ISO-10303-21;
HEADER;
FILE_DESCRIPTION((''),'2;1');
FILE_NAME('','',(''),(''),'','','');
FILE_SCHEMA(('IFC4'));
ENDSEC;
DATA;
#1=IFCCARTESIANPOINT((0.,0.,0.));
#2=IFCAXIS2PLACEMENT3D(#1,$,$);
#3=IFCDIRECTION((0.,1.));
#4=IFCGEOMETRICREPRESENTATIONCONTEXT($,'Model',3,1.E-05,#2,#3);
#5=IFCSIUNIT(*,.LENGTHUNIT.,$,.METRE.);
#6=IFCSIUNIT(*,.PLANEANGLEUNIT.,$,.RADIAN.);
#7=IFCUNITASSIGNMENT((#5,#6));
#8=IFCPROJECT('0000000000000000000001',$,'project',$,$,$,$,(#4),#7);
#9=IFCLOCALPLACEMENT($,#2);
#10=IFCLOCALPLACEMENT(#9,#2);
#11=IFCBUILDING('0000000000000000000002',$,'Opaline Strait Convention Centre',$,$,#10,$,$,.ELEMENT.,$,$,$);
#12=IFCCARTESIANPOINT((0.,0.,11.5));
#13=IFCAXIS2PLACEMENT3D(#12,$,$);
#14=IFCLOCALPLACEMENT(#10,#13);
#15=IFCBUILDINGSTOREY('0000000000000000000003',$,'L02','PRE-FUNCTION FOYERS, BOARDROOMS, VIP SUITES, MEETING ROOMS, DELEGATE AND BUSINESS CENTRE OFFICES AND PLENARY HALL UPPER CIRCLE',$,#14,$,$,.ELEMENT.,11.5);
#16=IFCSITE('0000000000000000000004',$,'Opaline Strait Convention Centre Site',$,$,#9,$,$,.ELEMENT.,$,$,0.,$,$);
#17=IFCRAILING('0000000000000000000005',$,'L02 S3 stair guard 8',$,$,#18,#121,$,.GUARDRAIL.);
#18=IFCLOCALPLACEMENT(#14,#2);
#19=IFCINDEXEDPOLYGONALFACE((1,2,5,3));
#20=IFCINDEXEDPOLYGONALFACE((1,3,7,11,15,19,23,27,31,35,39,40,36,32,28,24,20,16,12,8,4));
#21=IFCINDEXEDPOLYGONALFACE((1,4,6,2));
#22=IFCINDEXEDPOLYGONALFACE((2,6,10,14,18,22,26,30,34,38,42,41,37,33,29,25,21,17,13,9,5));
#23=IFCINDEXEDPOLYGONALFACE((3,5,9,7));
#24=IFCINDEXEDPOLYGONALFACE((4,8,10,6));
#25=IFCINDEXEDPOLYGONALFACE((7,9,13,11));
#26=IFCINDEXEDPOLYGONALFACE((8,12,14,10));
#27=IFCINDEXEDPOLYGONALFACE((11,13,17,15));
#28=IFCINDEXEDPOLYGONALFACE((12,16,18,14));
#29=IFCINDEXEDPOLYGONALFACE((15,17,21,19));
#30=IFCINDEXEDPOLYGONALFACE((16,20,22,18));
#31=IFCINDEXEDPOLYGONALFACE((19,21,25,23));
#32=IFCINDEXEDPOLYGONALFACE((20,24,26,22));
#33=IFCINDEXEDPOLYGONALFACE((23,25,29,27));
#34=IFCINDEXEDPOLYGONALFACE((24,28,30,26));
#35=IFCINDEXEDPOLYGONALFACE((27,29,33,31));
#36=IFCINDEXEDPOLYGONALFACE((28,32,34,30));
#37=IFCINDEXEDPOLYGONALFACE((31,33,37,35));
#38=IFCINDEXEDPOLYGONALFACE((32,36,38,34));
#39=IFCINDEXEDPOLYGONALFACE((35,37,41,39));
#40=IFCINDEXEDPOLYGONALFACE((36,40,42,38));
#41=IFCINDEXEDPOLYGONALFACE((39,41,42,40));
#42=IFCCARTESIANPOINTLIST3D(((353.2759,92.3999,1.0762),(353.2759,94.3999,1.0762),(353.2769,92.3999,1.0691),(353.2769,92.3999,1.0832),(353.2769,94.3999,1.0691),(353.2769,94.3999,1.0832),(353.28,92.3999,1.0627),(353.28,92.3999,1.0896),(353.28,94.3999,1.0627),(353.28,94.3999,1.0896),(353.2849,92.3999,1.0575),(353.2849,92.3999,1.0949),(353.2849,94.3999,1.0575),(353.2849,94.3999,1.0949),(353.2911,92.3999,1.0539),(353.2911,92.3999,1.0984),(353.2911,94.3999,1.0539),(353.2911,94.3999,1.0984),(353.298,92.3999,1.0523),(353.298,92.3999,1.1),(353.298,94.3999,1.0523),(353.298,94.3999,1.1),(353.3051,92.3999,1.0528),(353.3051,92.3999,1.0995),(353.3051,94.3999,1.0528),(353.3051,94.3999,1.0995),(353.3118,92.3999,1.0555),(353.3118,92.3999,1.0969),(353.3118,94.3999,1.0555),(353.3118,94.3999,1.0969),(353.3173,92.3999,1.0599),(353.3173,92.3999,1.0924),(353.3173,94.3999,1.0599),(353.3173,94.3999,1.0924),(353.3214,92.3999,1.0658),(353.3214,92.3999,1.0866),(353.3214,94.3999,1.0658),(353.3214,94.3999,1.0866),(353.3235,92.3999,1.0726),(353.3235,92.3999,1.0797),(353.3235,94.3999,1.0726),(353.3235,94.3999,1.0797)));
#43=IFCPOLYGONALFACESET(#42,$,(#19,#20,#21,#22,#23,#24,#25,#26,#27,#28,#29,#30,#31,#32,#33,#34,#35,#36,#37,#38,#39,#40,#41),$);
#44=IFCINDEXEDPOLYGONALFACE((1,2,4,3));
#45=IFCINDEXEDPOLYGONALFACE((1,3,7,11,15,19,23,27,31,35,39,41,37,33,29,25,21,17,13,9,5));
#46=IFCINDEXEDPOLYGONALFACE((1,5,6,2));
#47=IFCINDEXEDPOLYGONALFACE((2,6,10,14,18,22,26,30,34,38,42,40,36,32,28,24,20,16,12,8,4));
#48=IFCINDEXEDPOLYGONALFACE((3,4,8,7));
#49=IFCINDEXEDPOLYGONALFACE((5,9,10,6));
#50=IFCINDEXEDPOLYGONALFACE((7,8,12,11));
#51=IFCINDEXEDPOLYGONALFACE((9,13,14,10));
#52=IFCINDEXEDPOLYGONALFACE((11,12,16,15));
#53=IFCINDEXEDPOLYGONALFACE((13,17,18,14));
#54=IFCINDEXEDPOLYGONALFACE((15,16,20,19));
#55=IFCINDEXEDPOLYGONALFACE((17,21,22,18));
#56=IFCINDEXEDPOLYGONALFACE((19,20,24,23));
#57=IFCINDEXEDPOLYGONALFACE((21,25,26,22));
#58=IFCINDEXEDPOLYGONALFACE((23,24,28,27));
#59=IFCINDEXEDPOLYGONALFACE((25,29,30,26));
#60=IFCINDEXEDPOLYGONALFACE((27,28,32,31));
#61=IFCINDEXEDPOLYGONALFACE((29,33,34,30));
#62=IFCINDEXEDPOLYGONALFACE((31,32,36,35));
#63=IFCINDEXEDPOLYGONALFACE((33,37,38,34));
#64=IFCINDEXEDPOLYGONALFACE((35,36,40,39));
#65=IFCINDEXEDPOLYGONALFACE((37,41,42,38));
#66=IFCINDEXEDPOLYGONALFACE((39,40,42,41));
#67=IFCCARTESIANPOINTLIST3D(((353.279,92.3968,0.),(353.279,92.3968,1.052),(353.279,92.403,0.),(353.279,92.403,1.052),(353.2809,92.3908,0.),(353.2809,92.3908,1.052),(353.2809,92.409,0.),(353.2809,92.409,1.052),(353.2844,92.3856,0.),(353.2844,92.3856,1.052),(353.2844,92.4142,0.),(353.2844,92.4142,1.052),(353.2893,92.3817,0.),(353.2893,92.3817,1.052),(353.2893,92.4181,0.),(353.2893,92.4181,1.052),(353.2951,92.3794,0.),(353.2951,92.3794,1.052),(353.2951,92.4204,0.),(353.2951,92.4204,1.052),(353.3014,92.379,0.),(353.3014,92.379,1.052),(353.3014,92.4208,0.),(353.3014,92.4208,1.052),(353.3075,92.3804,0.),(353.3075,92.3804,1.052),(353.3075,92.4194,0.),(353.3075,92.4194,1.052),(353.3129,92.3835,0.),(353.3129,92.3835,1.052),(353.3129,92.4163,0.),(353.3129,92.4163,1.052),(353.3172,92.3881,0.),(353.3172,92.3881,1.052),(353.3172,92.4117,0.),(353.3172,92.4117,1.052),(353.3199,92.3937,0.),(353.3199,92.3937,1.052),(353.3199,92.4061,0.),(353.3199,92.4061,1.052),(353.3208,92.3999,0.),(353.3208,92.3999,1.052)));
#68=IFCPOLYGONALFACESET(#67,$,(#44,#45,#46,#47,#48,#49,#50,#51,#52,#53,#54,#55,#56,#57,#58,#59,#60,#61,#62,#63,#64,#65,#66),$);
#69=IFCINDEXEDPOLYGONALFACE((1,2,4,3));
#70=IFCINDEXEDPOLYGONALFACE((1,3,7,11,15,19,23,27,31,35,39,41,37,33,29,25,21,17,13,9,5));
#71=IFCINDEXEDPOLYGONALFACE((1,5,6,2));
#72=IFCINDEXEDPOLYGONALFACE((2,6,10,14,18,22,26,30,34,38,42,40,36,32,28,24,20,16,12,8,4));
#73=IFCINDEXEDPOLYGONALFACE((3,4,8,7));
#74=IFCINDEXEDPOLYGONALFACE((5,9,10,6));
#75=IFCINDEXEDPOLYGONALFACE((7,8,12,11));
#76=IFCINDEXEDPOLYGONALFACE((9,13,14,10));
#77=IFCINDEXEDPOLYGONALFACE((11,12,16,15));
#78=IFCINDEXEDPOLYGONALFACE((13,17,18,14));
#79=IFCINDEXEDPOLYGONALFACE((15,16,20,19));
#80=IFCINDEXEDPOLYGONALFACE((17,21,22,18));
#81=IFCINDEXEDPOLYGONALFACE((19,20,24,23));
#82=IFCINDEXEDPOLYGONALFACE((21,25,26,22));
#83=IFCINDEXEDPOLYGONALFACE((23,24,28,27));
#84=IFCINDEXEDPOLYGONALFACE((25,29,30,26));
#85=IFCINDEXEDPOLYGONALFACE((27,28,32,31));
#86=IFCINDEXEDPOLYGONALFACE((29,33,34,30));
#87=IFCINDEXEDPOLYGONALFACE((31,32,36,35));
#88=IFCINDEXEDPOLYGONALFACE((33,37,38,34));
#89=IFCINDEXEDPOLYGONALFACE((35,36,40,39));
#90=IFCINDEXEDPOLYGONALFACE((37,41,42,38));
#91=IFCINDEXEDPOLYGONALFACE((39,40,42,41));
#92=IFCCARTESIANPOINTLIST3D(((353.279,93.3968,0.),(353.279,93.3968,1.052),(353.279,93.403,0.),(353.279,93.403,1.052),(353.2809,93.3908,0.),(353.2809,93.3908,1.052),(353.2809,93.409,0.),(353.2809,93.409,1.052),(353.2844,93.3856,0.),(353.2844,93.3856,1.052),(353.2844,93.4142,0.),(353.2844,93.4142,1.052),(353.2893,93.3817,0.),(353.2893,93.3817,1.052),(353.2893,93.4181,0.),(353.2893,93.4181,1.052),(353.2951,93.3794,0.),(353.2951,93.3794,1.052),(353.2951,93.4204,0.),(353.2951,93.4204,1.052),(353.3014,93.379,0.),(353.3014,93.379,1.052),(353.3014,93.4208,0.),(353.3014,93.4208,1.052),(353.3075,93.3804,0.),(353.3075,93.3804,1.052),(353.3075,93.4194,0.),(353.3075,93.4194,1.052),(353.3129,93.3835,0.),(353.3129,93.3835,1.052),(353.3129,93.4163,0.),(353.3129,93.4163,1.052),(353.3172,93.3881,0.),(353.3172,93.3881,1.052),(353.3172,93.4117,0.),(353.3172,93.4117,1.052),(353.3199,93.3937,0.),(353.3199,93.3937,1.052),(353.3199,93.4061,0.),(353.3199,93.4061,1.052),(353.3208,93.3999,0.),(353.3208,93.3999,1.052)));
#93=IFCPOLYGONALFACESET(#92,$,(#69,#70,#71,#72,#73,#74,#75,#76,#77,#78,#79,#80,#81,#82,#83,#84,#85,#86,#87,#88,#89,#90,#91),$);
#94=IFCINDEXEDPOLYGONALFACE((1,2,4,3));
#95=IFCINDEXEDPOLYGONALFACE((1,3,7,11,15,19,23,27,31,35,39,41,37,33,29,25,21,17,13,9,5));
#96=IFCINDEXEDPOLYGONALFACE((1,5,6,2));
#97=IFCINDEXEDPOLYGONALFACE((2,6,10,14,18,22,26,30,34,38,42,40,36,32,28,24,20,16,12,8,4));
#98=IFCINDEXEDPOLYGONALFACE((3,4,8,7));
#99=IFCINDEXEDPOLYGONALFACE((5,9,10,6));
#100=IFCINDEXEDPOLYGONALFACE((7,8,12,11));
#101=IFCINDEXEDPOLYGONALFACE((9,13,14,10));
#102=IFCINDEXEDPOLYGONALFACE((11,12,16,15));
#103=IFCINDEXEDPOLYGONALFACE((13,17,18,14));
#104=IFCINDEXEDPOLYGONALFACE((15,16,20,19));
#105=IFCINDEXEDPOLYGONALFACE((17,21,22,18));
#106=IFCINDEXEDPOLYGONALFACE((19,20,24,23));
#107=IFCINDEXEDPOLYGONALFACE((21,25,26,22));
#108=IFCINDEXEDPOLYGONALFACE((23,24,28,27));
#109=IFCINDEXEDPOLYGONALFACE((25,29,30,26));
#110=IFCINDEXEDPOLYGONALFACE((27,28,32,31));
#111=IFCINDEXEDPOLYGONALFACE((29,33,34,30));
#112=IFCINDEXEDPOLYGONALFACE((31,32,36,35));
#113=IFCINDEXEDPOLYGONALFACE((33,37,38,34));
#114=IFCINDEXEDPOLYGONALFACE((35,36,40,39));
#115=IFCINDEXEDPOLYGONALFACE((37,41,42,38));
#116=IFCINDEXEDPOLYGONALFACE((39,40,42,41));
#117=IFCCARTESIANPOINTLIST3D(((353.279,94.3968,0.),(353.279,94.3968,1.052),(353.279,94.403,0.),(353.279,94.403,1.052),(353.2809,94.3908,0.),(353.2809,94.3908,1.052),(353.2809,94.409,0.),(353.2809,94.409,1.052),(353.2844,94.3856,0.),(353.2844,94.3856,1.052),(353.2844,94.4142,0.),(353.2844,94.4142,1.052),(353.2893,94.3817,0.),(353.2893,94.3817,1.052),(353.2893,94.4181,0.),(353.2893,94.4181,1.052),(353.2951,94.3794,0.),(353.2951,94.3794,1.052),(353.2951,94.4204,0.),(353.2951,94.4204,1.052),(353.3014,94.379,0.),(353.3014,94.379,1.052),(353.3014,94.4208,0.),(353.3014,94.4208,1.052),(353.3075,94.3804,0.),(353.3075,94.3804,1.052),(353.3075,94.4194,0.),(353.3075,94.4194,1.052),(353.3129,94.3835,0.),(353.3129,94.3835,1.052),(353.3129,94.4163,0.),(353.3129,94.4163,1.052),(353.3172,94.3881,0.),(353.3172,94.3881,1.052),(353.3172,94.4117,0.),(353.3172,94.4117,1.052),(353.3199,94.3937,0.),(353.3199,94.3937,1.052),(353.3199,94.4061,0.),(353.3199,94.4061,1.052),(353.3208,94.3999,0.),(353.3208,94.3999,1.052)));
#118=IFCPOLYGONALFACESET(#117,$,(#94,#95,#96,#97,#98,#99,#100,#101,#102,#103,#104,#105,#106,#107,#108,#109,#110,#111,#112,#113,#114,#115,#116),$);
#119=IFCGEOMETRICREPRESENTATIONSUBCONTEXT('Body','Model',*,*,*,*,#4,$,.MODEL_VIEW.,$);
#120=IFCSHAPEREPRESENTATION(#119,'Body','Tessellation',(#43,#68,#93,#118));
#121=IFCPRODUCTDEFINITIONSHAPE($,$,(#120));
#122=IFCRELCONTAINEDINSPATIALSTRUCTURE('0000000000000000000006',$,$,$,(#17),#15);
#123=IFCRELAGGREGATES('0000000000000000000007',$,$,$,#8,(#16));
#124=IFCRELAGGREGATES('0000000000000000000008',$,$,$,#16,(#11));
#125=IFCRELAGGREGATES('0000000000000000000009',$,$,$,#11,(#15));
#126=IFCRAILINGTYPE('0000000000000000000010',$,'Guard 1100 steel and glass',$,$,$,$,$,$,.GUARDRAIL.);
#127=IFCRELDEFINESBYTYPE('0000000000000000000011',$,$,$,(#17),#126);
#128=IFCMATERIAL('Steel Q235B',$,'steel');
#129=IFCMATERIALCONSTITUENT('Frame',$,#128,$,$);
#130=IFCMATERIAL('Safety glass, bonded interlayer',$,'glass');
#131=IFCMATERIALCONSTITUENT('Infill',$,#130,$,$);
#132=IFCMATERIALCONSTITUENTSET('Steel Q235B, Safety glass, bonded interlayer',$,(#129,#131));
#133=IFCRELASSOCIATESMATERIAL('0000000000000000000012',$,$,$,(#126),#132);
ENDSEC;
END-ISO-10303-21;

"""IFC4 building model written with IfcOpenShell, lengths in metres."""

from ifc_helpers import new_model, si_unit, direction, frame, origin, origin_2d, place, context, subcontext, project, spatial, circle, extrude, material, constituent, constituent_set, type_object, element, save


model = new_model("IFC4")

# Units and contexts
model_context = context("Model", 3, precision=1e-05, world=origin(), true_north=direction((0.0, 1.0)))
body_context = subcontext(model_context, "Body", "Model", "MODEL_VIEW")
ifc_project = project(units=[si_unit("LENGTHUNIT", "METRE"), si_unit("PLANEANGLEUNIT", "RADIAN")], contexts=[model_context])

# Site, building, storey
site_placement = place(None, origin())
site = spatial("IfcSite", under=ifc_project, at=site_placement, Name="Opaline Strait Convention Centre Site", CompositionType="ELEMENT", RefElevation=0.0)
building_placement = place(site_placement, origin())
building = spatial("IfcBuilding", under=site, at=building_placement, Name="Opaline Strait Convention Centre", CompositionType="ELEMENT")
storey_placement = place(building_placement, frame((0.0, 0.0, 11.5)))
storey = spatial("IfcBuildingStorey", under=building, at=storey_placement, Name="L02", Description="PRE-FUNCTION FOYERS, BOARDROOMS, VIP SUITES, MEETING ROOMS, DELEGATE AND BUSINESS CENTRE OFFICES AND PLENARY HALL UPPER CIRCLE", CompositionType="ELEMENT", Elevation=11.5)

# Shared definitions
ifc_material_1 = material(Name="Steel Q235B", Category="steel")

# Railing
ifc_constituent_1 = constituent(ifc_material_1, Name="Frame")
ifc_material_2 = material(Name="Safety glass, bonded interlayer", Category="glass")
ifc_constituent_2 = constituent(ifc_material_2, Name="Infill")
ifc_constituent_set = constituent_set(constituents=[ifc_constituent_1, ifc_constituent_2], Name="Steel Q235B, Safety glass, bonded interlayer")
railing_type_1 = type_object("IfcRailingType", Name="Guard 1100 steel and glass", PredefinedType="GUARDRAIL", material=ifc_constituent_set)
for number, where, name in (
    (1, (353.2998, 92.3999, 0.0), "L02 S3 stair guard 8"),
):
    element("IfcRailing", number, at=place(storey_placement, frame(where)), inside=storey, type_object=railing_type_1, Name=name, PredefinedType="GUARDRAIL", context=body_context, shape_type="SweptSolid", body=[
        extrude(circle(Radius=0.0239, at=origin_2d()), frame((0.0, 0.0, 1.0762), z_axis=(0.0, 1.0, 0.0), x_axis=(-1.0, 0.0, 0.0)), (0.0, 0.0, 1.0), 2.0),
        extrude(circle(Radius=0.021, at=origin_2d()), origin(), (0.0, 0.0, 1.0), 1.052),
        extrude(circle(Radius=0.021, at=origin_2d()), frame((0.0, 1.0, 0.0)), (0.0, 0.0, 1.0), 1.052),
        extrude(circle(Radius=0.021, at=origin_2d()), frame((0.0, 2.0, 0.0)), (0.0, 0.0, 1.0), 1.052),
    ])

save(model, "model.ifc")
